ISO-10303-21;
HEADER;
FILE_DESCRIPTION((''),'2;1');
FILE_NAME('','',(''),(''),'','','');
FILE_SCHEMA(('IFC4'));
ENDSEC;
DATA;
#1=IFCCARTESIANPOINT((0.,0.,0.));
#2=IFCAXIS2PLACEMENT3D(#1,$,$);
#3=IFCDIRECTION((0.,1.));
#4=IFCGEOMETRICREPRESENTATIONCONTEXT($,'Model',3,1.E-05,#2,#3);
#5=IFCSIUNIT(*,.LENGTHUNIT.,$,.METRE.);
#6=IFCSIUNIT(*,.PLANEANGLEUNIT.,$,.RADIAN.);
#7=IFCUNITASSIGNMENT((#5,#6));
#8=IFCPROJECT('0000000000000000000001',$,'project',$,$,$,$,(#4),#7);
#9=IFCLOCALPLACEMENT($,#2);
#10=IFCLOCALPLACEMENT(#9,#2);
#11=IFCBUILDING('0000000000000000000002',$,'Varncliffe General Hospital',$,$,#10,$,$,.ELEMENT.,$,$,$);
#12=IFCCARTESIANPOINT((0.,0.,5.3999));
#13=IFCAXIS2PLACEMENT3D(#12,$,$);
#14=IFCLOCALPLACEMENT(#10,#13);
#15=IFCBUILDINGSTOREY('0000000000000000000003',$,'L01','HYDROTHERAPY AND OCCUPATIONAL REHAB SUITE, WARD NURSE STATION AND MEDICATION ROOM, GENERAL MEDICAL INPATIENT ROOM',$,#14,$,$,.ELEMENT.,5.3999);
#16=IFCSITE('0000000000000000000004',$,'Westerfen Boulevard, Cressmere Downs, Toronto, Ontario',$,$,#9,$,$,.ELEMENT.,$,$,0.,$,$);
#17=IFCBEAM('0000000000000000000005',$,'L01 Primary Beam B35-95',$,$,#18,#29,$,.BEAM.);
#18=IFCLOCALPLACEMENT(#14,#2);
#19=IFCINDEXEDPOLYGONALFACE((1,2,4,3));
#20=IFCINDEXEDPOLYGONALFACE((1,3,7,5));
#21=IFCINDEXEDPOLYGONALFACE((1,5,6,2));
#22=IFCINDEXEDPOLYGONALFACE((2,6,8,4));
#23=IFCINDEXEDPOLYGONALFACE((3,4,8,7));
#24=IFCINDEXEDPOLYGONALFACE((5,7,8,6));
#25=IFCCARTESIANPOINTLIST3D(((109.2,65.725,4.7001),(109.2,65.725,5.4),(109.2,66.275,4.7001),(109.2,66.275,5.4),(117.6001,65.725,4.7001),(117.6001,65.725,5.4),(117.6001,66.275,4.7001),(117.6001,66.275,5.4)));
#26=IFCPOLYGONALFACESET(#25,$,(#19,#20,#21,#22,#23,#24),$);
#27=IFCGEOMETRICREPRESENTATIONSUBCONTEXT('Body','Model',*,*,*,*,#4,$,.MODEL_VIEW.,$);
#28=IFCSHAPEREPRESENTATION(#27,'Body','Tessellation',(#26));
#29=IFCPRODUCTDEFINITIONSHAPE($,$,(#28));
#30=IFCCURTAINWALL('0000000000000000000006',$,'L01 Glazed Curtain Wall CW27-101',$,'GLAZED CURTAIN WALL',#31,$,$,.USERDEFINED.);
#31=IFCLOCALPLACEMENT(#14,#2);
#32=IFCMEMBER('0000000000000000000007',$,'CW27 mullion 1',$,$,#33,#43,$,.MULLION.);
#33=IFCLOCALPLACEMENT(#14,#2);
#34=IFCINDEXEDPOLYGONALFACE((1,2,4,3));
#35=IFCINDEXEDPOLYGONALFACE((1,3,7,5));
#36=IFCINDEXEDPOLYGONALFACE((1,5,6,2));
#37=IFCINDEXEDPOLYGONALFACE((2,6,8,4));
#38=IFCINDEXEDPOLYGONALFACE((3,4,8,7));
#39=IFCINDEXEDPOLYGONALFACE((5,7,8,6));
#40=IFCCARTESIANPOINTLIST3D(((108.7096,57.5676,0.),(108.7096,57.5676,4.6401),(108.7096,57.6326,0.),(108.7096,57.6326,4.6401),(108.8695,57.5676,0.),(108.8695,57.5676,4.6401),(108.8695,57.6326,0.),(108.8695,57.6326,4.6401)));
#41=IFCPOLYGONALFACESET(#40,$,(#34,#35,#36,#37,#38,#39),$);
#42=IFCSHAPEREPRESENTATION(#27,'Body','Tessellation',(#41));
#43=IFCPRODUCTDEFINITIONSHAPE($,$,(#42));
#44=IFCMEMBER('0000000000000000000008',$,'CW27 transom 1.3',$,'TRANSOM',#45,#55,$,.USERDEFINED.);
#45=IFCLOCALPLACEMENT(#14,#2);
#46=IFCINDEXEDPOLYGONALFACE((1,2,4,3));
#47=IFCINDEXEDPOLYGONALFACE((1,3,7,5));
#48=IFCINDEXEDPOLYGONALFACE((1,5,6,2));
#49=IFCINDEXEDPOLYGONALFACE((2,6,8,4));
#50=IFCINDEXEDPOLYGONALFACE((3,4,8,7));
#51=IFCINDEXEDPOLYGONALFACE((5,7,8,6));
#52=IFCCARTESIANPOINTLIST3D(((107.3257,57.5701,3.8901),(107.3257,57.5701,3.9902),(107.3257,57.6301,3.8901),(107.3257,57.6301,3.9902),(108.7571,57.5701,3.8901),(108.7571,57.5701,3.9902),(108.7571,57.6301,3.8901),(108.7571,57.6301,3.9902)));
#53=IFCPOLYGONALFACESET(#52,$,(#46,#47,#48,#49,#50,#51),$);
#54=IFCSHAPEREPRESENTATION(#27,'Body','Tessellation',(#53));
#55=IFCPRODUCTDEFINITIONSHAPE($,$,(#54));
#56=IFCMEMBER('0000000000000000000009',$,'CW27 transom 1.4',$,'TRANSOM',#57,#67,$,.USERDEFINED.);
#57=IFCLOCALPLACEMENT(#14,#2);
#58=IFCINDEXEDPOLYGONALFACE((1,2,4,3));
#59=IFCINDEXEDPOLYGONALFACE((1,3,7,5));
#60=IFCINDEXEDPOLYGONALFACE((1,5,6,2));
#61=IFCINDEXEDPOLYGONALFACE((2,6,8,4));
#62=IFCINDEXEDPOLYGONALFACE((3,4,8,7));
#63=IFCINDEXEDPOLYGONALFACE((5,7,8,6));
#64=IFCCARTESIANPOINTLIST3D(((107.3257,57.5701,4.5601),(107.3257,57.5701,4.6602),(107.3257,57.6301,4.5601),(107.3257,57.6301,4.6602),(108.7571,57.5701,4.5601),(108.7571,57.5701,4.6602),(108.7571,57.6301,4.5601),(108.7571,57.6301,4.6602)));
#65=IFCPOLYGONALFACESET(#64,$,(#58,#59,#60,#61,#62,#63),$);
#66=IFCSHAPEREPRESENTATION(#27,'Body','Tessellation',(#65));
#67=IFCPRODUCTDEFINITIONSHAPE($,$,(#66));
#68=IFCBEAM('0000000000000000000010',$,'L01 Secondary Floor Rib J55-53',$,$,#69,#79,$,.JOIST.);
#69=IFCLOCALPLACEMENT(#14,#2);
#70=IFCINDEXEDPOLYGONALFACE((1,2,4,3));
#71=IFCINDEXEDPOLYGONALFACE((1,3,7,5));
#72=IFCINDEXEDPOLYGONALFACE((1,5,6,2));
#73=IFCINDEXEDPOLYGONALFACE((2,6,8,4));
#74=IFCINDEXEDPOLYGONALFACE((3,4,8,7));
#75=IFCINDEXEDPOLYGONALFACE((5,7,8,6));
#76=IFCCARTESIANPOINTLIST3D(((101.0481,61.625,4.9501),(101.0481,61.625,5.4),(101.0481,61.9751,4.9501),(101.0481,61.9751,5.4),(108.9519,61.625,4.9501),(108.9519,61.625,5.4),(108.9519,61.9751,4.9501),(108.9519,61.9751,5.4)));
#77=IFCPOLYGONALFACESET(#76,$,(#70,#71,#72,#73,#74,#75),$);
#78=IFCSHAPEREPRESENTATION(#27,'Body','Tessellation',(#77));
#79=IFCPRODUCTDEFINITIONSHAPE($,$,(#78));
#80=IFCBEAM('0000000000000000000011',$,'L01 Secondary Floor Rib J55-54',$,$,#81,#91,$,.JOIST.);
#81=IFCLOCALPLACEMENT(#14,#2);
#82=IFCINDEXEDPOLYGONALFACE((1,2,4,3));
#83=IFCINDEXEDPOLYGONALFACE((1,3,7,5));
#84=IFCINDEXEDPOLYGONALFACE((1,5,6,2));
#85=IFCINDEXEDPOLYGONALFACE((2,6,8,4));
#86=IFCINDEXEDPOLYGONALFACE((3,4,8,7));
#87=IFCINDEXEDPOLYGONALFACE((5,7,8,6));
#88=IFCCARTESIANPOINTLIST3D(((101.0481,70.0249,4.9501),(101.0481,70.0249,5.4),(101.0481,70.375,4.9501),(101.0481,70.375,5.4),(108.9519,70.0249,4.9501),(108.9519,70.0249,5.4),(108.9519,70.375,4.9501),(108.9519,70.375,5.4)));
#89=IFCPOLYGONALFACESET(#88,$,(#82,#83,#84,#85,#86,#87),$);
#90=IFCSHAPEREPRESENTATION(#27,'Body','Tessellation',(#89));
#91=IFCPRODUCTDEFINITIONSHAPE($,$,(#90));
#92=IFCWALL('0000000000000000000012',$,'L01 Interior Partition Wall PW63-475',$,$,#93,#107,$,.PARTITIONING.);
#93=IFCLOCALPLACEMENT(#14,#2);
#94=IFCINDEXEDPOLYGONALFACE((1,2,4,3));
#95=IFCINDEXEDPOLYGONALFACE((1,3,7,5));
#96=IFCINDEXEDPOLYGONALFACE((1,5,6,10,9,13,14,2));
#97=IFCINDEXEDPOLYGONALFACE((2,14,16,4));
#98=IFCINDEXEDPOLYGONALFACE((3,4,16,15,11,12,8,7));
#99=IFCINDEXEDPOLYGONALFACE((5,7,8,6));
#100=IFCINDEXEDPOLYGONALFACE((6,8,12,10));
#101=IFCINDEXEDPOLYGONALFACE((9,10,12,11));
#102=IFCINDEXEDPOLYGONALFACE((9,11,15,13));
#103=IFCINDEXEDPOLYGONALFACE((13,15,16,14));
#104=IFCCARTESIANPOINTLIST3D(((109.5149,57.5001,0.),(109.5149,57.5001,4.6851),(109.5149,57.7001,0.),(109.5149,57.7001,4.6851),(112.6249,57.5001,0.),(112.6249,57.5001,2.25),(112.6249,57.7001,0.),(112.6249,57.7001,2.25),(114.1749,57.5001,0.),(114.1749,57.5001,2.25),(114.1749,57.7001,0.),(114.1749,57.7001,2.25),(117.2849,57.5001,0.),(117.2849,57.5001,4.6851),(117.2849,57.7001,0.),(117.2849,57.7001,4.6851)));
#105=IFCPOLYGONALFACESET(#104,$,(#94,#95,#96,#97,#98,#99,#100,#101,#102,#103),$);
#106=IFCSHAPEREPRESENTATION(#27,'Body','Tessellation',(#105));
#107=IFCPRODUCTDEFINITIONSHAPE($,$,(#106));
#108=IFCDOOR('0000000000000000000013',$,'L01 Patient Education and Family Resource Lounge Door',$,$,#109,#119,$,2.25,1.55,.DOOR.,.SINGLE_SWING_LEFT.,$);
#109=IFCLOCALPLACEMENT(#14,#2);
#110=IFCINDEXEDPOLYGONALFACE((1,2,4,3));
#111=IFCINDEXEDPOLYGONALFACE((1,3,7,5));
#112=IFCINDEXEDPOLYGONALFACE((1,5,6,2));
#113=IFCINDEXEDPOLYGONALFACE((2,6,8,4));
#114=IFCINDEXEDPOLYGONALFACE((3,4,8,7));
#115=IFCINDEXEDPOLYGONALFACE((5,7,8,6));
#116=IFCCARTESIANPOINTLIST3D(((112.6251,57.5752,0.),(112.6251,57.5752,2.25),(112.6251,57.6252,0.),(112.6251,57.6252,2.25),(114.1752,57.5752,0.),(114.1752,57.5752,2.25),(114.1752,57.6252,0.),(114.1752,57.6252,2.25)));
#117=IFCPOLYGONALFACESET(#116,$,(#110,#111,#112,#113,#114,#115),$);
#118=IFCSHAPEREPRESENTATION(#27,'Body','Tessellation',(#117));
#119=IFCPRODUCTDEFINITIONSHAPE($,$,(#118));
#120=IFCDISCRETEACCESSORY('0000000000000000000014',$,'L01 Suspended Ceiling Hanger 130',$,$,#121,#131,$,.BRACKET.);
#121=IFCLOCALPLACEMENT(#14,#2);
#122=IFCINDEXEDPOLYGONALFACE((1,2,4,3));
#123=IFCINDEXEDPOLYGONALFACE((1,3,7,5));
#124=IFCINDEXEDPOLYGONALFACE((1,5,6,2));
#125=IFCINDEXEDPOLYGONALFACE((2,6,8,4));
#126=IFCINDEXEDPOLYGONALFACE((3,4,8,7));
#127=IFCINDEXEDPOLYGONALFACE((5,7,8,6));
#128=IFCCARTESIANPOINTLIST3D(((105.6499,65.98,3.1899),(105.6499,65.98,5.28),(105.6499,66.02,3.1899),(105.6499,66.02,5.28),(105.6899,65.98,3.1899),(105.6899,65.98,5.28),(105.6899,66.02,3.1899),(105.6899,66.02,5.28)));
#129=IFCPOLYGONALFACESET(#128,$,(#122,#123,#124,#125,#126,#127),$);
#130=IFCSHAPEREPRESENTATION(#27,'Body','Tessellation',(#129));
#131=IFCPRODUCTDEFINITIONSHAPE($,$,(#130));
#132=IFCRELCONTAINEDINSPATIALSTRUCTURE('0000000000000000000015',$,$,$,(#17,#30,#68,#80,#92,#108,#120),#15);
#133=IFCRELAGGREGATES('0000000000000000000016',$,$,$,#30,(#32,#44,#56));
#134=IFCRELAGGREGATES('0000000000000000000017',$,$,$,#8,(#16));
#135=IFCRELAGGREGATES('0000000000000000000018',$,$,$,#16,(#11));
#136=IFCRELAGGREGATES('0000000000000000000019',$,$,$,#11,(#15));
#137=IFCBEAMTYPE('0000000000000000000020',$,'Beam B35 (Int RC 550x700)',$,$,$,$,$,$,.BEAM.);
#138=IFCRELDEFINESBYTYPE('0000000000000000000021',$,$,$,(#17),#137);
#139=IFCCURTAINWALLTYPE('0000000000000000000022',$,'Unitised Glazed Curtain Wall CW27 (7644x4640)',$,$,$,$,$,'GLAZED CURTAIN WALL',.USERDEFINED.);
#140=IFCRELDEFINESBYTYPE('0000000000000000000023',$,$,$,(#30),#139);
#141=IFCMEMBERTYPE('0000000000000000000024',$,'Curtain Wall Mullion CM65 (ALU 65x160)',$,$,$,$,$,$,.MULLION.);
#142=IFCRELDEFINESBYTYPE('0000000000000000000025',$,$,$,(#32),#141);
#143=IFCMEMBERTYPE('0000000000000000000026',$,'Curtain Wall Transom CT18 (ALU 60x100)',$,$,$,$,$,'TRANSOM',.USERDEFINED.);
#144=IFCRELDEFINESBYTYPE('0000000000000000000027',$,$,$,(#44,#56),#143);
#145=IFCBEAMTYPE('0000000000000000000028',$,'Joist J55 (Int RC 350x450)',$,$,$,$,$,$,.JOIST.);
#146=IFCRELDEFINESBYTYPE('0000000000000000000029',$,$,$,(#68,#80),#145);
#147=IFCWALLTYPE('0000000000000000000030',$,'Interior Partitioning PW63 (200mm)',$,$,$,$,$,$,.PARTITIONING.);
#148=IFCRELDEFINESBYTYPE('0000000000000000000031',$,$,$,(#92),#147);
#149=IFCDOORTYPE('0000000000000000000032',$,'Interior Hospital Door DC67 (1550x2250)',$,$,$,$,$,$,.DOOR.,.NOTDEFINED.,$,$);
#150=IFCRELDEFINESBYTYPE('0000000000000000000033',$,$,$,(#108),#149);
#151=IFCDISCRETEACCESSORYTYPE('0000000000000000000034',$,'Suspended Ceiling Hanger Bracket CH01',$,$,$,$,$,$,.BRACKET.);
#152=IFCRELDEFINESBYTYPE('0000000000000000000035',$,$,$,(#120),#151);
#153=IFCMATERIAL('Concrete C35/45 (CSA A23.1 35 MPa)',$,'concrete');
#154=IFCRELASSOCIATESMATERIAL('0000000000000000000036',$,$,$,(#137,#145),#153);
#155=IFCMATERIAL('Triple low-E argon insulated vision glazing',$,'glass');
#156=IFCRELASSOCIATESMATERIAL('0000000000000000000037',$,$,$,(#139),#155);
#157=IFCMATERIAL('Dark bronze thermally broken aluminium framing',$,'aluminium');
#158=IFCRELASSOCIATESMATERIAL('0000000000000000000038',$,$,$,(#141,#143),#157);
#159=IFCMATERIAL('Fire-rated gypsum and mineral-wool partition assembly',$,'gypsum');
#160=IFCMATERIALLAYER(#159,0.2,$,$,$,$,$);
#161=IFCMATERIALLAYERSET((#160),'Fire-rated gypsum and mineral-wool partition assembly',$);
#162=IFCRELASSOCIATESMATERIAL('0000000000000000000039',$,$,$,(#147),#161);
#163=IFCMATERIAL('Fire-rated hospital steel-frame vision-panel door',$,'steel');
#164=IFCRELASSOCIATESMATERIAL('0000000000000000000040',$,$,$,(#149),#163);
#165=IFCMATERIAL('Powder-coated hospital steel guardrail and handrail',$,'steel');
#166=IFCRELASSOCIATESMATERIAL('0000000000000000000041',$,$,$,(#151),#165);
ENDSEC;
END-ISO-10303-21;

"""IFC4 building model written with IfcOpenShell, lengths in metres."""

from ifc_helpers import new_model, si_unit, direction, frame, frame_2d, origin, origin_2d, place, context, subcontext, project, spatial, rectangle, extrude, material, layer, layer_set, material_profile, profile_set, type_object, element, fill, aggregate, save


model = new_model("IFC4")

# Units and contexts
model_context = context("Model", 3, precision=1e-05, world=origin(), true_north=direction((0.0, 1.0)))
body_context = subcontext(model_context, "Body", "Model", "MODEL_VIEW")
ifc_project = project(units=[si_unit("LENGTHUNIT", "METRE"), si_unit("PLANEANGLEUNIT", "RADIAN")], contexts=[model_context])

# Site, building, storey
site_placement = place(None, origin())
site = spatial("IfcSite", under=ifc_project, at=site_placement, Name="Westerfen Boulevard, Cressmere Downs, Toronto, Ontario", CompositionType="ELEMENT", RefElevation=0.0)
building_placement = place(site_placement, origin())
building = spatial("IfcBuilding", under=site, at=building_placement, Name="Varncliffe General Hospital", CompositionType="ELEMENT")
storey_placement = place(building_placement, frame((0.0, 0.0, 5.3999)))
storey = spatial("IfcBuildingStorey", under=building, at=storey_placement, Name="L01", Description="HYDROTHERAPY AND OCCUPATIONAL REHAB SUITE, WARD NURSE STATION AND MEDICATION ROOM, GENERAL MEDICAL INPATIENT ROOM", CompositionType="ELEMENT", Elevation=5.3999)

# Beam
ifc_material_1 = material(Name="Concrete C35/45 (CSA A23.1 35 MPa)", Category="concrete")
ifc_material_profile_1 = material_profile(ifc_material_1, rectangle(XDim=0.55, YDim=0.7, at=origin_2d()), Name="RC 550x700")
ifc_profile_set_1 = profile_set([ifc_material_profile_1], Name="Concrete C35/45 (CSA A23.1 35 MPa)")
beam_type_1 = type_object("IfcBeamType", Name="Beam B35 (Int RC 550x700)", PredefinedType="BEAM", material=ifc_profile_set_1)
beam_1_placement = place(storey_placement, frame((109.2, 66.0, 5.05), z_axis=(1.0, 0.0, 0.0), x_axis=(0.0, 1.0, 0.0)))
element("IfcBeam", 1, at=beam_1_placement, inside=storey, type_object=beam_type_1, Name="L01 Primary Beam B35-95", PredefinedType="BEAM", context=body_context, shape_type="SweptSolid", body=[
    extrude(rectangle(XDim=0.55, YDim=0.7, at=origin_2d()), origin(), (0.0, 0.0, 1.0), 8.4001),
])

# Curtain wall, members
ifc_material_2 = material(Name="Triple low-E argon insulated vision glazing", Category="glass")
curtain_wall_type = type_object("IfcCurtainWallType", Name="Unitised Glazed Curtain Wall CW27 (7644x4640)", ElementType="GLAZED CURTAIN WALL", PredefinedType="USERDEFINED", material=ifc_material_2)
curtain_wall_placement = place(storey_placement, origin())
curtain_wall = element("IfcCurtainWall", 2, at=curtain_wall_placement, inside=storey, type_object=curtain_wall_type, Name="L01 Glazed Curtain Wall CW27-101", ObjectType="GLAZED CURTAIN WALL", PredefinedType="USERDEFINED")
ifc_material_3 = material(Name="Dark bronze thermally broken aluminium framing", Category="aluminium")
ifc_material_profile_2 = material_profile(ifc_material_3, rectangle(XDim=0.0649, YDim=0.1599, at=origin_2d()), Name="ALU 65x160")
ifc_profile_set_2 = profile_set([ifc_material_profile_2], Name="Dark bronze thermally broken aluminium framing")
member_type_1 = type_object("IfcMemberType", Name="Curtain Wall Mullion CM65 (ALU 65x160)", PredefinedType="MULLION", material=ifc_profile_set_2)
member_1_placement = place(storey_placement, frame((108.7896, 57.6001, 0.0), z_axis=(0.0, 0.0, 1.0), x_axis=(0.0, -1.0, 0.0)))
member_1 = element("IfcMember", 3, at=member_1_placement, type_object=member_type_1, Name="CW27 mullion 1", PredefinedType="MULLION", context=body_context, shape_type="SweptSolid", body=[
    extrude(rectangle(XDim=0.0649, YDim=0.1599, at=origin_2d()), origin(), (0.0, 0.0, 1.0), 4.6401),
])
ifc_material_profile_3 = material_profile(ifc_material_3, rectangle(XDim=0.0601, YDim=0.1001, at=origin_2d()), Name="ALU 60x100")
ifc_profile_set_3 = profile_set([ifc_material_profile_3], Name="Dark bronze thermally broken aluminium framing")
member_type_2 = type_object("IfcMemberType", Name="Curtain Wall Transom CT18 (ALU 60x100)", ElementType="TRANSOM", PredefinedType="USERDEFINED", material=ifc_profile_set_3)
member_2_placement = place(storey_placement, frame((108.7571, 57.6001, 3.9402), z_axis=(-1.0, 0.0, 0.0), x_axis=(0.0, -1.0, 0.0)))
member_2 = element("IfcMember", 4, at=member_2_placement, type_object=member_type_2, Name="CW27 transom 1.3", ObjectType="TRANSOM", PredefinedType="USERDEFINED", context=body_context, shape_type="SweptSolid", body=[
    extrude(rectangle(XDim=0.0601, YDim=0.1001, at=origin_2d()), origin(), (0.0, 0.0, 1.0), 1.4314),
])
member_3_placement = place(storey_placement, frame((108.7571, 57.6001, 4.6101), z_axis=(-1.0, 0.0, 0.0), x_axis=(0.0, -1.0, 0.0)))
member_3 = element("IfcMember", 5, at=member_3_placement, type_object=member_type_2, Name="CW27 transom 1.4", ObjectType="TRANSOM", PredefinedType="USERDEFINED", context=body_context, shape_type="SweptSolid", body=[
    extrude(rectangle(XDim=0.0601, YDim=0.1001, at=origin_2d()), origin(), (0.0, 0.0, 1.0), 1.4314),
])
aggregate(curtain_wall, [member_1, member_2, member_3])

# Beams
ifc_material_profile_4 = material_profile(ifc_material_1, rectangle(XDim=0.3501, YDim=0.45, at=origin_2d()), Name="RC 350x450")
ifc_profile_set_4 = profile_set([ifc_material_profile_4], Name="Concrete C35/45 (CSA A23.1 35 MPa)")
beam_type_2 = type_object("IfcBeamType", Name="Joist J55 (Int RC 350x450)", PredefinedType="JOIST", material=ifc_profile_set_4)
for number, where, z_axis, x_axis, name in (
    (6, (101.0481, 61.8, 5.175), (1.0, 0.0, 0.0), (0.0, 1.0, 0.0), "L01 Secondary Floor Rib J55-53"),
    (7, (101.0481, 70.2, 5.175), (1.0, 0.0, 0.0), (0.0, 1.0, 0.0), "L01 Secondary Floor Rib J55-54"),
):
    element("IfcBeam", number, at=place(storey_placement, frame(where, z_axis=z_axis, x_axis=x_axis)), inside=storey, type_object=beam_type_2, Name=name, PredefinedType="JOIST", context=body_context, shape_type="SweptSolid", body=[
        extrude(rectangle(XDim=0.3501, YDim=0.45, at=origin_2d()), origin(), (0.0, 0.0, 1.0), 7.9038),
    ])

# Wall, opening, door
ifc_material_4 = material(Name="Fire-rated gypsum and mineral-wool partition assembly", Category="gypsum")
ifc_layer = layer(ifc_material_4, 0.2)
ifc_layer_set = layer_set([ifc_layer], Name="Fire-rated gypsum and mineral-wool partition assembly")
wall_type = type_object("IfcWallType", Name="Interior Partitioning PW63 (200mm)", PredefinedType="PARTITIONING", material=ifc_layer_set)
wall_placement = place(storey_placement, frame((109.5149, 57.6001, 0.0), z_axis=(0.0, 0.0, 1.0), x_axis=(1.0, 0.0, 0.0)))
wall = element("IfcWall", 8, at=wall_placement, inside=storey, type_object=wall_type, Name="L01 Interior Partition Wall PW63-475", PredefinedType="PARTITIONING", context=body_context, shape_type="SweptSolid", body=[
    extrude(rectangle(XDim=7.77, YDim=0.2, at=frame_2d((3.885, 0.0))), origin(), (0.0, 0.0, 1.0), 4.6851),
])
opening_placement = place(wall_placement, frame((3.1101, 0.0, 0.0)))
opening = element("IfcOpeningElement", 9, at=opening_placement, cuts=wall, PredefinedType="OPENING", context=body_context, shape_type="SweptSolid", body=[
    extrude(rectangle(XDim=1.55, YDim=2.25, at=frame_2d((0.7749, 1.125))), frame((0.0, 0.1099, 0.0), z_axis=(0.0, -1.0, 0.0), x_axis=(1.0, 0.0, 0.0)), (0.0, 0.0, 1.0), 0.22),
])
ifc_material_5 = material(Name="Fire-rated hospital steel-frame vision-panel door", Category="steel")
door_type = type_object("IfcDoorType", Name="Interior Hospital Door DC67 (1550x2250)", OperationType="NOTDEFINED", PredefinedType="DOOR", material=ifc_material_5)
door_placement = place(opening_placement, frame((1.55, 0.0, 0.0), z_axis=(0.0, 0.0, 1.0), x_axis=(-1.0, 0.0, 0.0)))
door = element("IfcDoor", 10, at=door_placement, inside=storey, type_object=door_type, Name="L01 Patient Education and Family Resource Lounge Door", OperationType="SINGLE_SWING_LEFT", OverallHeight=2.25, OverallWidth=1.55, PredefinedType="DOOR", context=body_context, shape_type="SweptSolid", body=[
    extrude(rectangle(XDim=1.55, YDim=2.25, at=frame_2d((0.7749, 1.125))), frame((0.0, 0.0249, 0.0), z_axis=(0.0, -1.0, 0.0), x_axis=(1.0, 0.0, 0.0)), (0.0, 0.0, 1.0), 0.05),
])
fill(opening, door)

# Discrete accessory
ifc_material_6 = material(Name="Powder-coated hospital steel guardrail and handrail", Category="steel")
discrete_accessory_type = type_object("IfcDiscreteAccessoryType", Name="Suspended Ceiling Hanger Bracket CH01", PredefinedType="BRACKET", material=ifc_material_6)
discrete_accessory_placement = place(storey_placement, frame((105.6699, 66.0, 3.1899), z_axis=(0.0, 0.0, 1.0), x_axis=(1.0, 0.0, 0.0)))
element("IfcDiscreteAccessory", 11, at=discrete_accessory_placement, inside=storey, type_object=discrete_accessory_type, Name="L01 Suspended Ceiling Hanger 130", PredefinedType="BRACKET", context=body_context, shape_type="SweptSolid", body=[
    extrude(rectangle(XDim=0.04, YDim=0.04, at=origin_2d()), origin(), (0.0, 0.0, 1.0), 2.0901),
])

save(model, "model.ifc")
